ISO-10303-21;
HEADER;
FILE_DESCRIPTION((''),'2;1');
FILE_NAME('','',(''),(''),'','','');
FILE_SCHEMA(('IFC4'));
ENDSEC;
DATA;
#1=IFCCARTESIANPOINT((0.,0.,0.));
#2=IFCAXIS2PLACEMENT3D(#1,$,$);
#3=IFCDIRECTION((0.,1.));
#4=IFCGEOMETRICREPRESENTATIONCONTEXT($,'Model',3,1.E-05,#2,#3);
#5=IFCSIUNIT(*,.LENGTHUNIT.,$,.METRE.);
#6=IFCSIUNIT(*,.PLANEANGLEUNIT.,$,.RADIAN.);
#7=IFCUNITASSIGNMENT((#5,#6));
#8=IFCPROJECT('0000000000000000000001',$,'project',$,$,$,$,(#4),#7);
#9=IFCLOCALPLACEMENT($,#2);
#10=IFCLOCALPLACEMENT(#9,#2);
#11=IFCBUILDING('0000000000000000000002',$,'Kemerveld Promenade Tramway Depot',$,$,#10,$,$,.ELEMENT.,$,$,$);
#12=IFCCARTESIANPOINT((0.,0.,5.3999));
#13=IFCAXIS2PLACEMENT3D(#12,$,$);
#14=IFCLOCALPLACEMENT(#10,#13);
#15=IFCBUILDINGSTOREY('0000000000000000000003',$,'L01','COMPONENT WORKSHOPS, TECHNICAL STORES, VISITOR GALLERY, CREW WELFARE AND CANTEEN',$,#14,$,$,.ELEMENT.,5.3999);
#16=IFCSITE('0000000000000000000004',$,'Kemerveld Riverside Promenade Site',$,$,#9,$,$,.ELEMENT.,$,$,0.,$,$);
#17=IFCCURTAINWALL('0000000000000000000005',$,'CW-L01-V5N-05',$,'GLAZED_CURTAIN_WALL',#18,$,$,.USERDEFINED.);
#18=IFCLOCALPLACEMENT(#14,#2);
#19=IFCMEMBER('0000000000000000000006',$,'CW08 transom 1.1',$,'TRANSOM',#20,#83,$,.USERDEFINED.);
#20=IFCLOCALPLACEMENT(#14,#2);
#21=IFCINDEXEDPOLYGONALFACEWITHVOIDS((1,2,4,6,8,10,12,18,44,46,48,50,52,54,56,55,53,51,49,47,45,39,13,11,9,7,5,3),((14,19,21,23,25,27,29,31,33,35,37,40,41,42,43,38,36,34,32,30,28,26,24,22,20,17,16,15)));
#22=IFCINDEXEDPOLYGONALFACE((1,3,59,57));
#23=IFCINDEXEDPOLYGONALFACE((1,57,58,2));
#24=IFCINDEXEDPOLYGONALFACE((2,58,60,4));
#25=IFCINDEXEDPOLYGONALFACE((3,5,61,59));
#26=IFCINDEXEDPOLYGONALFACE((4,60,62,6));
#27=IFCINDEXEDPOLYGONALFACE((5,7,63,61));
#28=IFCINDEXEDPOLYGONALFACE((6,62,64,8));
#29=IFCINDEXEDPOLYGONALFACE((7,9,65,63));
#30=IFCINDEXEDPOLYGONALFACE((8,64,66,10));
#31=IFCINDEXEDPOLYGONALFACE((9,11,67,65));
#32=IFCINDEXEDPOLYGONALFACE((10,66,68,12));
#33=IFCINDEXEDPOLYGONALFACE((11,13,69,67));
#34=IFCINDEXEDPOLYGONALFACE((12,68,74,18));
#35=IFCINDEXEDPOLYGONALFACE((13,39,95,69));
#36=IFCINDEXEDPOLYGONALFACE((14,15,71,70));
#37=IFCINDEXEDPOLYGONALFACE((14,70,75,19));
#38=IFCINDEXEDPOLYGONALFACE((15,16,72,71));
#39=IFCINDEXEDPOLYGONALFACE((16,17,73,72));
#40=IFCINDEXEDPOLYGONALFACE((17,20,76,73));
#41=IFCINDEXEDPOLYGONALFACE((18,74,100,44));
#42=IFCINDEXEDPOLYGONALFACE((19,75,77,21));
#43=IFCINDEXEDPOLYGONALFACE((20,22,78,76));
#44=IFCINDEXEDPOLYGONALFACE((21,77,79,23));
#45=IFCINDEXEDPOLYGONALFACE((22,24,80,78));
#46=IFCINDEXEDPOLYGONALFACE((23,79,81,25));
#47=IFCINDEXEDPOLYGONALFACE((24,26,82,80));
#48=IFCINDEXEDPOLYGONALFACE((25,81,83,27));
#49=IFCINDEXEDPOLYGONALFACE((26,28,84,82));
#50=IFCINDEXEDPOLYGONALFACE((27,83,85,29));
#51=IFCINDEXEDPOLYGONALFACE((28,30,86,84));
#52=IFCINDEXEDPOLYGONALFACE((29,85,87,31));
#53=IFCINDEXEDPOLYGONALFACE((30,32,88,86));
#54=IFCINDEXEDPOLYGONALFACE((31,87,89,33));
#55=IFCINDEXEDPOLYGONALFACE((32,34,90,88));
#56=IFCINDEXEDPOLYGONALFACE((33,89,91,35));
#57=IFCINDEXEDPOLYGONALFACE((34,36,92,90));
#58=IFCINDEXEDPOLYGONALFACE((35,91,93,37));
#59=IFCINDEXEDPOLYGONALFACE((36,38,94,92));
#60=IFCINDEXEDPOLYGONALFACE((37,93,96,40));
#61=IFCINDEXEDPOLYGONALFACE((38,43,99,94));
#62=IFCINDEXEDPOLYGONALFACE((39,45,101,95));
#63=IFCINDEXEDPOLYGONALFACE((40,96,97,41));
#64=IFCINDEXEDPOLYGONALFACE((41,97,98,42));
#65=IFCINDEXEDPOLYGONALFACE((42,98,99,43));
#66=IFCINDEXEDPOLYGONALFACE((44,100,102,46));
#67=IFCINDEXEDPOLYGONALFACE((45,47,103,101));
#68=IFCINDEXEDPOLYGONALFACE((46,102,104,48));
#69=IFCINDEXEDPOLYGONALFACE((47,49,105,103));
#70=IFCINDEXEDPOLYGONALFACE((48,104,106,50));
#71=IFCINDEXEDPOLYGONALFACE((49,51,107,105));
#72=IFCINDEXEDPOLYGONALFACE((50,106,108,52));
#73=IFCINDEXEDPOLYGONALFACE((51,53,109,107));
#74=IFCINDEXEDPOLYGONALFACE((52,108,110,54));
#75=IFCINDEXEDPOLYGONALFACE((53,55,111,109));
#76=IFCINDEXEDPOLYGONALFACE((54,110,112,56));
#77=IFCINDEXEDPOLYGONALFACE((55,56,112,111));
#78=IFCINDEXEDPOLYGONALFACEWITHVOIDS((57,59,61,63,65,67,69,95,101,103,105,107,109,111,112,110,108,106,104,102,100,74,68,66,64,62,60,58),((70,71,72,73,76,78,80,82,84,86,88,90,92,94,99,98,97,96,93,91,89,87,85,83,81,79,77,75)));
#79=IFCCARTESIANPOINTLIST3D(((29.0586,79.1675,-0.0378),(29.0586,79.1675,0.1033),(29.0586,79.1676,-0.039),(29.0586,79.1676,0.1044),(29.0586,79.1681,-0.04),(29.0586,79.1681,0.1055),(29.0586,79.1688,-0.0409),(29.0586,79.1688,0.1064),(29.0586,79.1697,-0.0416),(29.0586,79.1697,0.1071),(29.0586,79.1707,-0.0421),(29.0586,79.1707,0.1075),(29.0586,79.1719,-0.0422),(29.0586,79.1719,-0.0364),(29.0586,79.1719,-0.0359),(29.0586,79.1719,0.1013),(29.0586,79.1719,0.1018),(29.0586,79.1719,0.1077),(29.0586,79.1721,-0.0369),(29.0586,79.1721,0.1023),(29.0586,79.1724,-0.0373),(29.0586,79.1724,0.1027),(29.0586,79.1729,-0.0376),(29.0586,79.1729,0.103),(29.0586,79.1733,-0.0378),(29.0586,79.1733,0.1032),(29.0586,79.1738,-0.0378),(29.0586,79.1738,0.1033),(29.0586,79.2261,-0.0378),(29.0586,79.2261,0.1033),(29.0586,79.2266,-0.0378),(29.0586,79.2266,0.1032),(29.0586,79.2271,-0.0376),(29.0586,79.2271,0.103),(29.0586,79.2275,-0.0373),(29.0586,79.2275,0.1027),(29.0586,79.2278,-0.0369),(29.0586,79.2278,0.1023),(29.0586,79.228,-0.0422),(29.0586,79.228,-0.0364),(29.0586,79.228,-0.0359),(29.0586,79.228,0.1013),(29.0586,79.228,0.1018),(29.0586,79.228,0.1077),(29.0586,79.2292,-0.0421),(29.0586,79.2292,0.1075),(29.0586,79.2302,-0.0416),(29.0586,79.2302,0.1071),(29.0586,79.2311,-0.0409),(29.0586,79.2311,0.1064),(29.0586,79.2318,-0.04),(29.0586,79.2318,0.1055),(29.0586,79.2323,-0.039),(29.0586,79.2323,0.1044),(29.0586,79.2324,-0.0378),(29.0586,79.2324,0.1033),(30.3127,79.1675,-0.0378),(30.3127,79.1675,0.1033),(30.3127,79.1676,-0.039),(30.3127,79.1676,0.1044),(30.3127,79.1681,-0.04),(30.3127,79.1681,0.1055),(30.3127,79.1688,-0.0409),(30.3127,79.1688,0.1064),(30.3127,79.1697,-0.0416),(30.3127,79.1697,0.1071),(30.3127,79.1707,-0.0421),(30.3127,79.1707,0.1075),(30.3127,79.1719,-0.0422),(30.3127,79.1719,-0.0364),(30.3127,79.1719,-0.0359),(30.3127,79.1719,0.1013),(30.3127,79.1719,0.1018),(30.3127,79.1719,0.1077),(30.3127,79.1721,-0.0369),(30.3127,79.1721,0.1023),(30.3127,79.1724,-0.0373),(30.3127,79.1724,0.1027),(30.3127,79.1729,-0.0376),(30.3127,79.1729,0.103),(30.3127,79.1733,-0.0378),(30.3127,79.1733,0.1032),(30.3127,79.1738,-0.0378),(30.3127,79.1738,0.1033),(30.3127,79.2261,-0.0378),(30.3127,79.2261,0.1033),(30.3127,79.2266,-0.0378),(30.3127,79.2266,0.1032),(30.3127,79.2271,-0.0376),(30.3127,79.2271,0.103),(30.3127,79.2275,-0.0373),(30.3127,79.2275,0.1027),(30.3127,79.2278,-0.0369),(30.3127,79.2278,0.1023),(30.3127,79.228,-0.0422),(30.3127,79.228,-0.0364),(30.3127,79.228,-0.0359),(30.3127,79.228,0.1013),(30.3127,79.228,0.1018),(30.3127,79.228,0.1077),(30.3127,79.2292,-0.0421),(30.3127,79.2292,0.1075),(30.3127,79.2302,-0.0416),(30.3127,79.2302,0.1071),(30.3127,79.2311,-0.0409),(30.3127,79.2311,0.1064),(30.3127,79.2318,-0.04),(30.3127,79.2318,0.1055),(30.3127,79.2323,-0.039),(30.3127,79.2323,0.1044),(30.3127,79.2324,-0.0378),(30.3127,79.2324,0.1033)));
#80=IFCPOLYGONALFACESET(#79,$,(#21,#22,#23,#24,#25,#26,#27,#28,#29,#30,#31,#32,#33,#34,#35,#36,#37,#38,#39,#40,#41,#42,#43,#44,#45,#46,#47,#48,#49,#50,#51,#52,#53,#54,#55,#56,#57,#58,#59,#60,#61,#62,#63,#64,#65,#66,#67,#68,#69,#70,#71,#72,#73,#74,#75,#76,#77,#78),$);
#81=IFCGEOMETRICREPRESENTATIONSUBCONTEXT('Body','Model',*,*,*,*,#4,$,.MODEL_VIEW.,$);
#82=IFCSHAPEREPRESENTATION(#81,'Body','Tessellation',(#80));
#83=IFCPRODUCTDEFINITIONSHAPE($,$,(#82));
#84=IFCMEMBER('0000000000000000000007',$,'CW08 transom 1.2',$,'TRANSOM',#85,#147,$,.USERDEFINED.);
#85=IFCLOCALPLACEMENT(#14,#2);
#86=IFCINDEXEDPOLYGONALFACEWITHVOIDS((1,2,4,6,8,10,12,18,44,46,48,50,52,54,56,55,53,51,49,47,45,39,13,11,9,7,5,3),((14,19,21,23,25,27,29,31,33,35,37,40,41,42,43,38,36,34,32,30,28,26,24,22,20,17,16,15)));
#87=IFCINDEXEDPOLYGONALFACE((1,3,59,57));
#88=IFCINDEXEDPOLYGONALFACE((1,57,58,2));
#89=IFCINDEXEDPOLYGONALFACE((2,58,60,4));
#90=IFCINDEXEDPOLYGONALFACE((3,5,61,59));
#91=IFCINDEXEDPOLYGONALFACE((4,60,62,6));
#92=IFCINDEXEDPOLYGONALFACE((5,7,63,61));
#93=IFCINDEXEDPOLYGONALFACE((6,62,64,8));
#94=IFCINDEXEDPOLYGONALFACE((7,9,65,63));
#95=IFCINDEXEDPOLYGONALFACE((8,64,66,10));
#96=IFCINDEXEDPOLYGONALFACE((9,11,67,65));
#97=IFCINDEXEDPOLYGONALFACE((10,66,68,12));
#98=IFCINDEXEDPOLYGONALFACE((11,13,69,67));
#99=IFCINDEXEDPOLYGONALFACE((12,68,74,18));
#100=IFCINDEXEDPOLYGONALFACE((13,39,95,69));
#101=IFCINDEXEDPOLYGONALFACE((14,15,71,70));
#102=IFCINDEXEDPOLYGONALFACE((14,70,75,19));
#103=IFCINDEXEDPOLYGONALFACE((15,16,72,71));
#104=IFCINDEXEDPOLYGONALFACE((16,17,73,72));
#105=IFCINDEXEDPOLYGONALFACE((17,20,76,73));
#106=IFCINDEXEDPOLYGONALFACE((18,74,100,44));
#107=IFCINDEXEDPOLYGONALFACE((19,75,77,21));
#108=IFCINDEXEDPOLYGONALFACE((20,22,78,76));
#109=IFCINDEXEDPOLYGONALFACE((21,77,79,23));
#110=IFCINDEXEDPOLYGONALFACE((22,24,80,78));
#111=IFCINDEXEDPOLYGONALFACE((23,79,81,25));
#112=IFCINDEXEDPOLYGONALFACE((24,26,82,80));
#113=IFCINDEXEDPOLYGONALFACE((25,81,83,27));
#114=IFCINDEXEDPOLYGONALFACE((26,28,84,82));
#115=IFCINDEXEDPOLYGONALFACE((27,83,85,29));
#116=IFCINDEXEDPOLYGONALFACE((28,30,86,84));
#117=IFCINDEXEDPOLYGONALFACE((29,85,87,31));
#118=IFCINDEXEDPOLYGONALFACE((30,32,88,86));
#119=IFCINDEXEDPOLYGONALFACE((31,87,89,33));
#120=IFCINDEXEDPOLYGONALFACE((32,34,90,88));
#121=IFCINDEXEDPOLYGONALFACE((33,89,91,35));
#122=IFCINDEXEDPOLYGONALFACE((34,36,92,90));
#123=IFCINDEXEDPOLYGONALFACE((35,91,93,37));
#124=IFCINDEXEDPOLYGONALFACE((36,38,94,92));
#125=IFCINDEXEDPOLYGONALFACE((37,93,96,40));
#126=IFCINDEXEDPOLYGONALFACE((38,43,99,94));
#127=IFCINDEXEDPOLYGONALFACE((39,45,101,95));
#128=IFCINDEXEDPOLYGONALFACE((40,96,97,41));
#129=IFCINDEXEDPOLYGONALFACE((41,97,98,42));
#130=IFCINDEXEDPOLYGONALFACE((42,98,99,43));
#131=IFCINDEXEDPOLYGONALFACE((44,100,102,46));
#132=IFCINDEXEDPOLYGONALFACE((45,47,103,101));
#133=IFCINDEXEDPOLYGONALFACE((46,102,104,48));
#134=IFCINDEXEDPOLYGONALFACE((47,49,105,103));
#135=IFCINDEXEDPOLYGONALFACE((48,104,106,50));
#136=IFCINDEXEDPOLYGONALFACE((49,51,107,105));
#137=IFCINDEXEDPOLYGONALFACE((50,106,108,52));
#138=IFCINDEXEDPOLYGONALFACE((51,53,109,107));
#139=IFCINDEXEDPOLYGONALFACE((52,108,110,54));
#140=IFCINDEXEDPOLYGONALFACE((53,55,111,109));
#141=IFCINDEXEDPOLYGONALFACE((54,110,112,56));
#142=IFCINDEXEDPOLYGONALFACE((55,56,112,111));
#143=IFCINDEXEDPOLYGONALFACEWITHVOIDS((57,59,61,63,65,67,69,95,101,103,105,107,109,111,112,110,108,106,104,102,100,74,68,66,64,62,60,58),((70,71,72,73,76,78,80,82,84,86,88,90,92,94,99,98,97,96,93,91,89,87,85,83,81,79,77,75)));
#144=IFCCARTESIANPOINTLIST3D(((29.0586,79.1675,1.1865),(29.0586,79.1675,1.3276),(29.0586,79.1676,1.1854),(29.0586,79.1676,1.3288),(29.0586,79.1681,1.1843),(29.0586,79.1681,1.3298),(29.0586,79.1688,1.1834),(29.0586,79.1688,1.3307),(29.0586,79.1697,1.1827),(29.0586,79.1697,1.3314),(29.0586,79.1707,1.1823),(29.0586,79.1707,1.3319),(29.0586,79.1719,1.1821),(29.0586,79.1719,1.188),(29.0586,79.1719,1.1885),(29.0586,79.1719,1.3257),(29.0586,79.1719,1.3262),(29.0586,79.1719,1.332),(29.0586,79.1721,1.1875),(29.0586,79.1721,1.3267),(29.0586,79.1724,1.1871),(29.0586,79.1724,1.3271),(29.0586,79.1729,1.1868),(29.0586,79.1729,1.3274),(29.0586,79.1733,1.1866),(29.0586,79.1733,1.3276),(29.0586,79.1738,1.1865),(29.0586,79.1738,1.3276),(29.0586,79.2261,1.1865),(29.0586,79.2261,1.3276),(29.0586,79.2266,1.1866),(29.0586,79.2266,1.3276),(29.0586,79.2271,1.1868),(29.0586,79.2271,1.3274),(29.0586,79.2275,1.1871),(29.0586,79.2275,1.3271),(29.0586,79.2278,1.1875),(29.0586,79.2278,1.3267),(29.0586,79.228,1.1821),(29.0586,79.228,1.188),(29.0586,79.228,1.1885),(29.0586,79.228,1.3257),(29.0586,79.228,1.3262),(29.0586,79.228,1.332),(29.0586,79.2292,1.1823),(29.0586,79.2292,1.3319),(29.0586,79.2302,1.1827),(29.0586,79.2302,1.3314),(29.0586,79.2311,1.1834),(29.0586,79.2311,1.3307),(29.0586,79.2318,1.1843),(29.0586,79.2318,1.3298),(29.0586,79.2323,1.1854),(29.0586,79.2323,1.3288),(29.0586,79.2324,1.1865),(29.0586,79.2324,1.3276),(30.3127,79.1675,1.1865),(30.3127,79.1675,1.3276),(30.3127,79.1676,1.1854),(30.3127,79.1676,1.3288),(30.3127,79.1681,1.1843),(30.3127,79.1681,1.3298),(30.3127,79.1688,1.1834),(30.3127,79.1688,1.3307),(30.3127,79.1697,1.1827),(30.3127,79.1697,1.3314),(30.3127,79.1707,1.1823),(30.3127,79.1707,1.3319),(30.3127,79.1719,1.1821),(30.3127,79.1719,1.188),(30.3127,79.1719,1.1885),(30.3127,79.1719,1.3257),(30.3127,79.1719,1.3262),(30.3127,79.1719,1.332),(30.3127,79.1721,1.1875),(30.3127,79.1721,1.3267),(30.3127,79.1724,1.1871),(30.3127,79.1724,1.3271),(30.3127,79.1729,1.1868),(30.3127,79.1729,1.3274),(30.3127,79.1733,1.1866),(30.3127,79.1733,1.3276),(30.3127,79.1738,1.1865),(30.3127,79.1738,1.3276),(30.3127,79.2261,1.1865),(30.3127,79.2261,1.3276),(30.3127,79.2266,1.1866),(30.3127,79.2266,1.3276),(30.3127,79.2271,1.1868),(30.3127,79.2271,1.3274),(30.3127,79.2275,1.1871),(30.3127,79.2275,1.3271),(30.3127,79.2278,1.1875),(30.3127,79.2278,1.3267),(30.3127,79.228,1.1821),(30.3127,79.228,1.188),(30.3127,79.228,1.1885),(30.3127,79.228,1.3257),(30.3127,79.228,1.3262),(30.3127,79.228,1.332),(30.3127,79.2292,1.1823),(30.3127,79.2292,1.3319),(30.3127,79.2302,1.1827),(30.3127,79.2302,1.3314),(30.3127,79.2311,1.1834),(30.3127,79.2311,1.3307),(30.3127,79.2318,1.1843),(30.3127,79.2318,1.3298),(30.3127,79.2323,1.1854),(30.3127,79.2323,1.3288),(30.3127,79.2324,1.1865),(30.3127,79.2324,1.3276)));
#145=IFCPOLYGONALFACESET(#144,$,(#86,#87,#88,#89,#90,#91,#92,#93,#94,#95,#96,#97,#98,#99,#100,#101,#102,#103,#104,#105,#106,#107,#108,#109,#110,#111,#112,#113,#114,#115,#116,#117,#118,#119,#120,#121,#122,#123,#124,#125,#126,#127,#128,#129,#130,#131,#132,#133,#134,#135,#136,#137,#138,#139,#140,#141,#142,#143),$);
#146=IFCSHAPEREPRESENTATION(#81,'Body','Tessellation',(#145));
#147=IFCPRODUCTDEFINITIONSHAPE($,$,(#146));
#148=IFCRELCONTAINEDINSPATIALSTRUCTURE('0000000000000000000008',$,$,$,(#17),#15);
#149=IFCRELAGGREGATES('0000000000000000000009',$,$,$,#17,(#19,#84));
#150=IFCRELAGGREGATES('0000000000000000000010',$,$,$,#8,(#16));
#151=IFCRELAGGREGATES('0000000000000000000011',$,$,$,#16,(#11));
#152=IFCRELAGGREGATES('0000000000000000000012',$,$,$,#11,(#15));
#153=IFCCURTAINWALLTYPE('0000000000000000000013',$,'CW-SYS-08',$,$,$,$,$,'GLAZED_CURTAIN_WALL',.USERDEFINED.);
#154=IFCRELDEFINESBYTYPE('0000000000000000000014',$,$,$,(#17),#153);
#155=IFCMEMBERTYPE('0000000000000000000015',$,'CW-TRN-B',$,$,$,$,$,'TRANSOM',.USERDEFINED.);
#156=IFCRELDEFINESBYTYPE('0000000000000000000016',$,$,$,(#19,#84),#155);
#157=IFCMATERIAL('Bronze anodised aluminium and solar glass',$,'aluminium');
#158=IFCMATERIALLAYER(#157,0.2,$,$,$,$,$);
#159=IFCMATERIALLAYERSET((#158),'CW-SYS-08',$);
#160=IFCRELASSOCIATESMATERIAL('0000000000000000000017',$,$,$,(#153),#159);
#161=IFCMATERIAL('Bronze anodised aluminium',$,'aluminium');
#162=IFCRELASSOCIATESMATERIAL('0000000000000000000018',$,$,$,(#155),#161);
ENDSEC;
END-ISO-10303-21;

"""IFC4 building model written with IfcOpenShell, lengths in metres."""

from ifc_helpers import new_model, si_unit, direction, frame, origin, origin_2d, place, context, subcontext, project, spatial, hollow_rectangle, extrude, material, layer, layer_set, material_profile, profile_set, type_object, element, aggregate, save


model = new_model("IFC4")

# Units and contexts
model_context = context("Model", 3, precision=1e-05, world=origin(), true_north=direction((0.0, 1.0)))
body_context = subcontext(model_context, "Body", "Model", "MODEL_VIEW")
ifc_project = project(units=[si_unit("LENGTHUNIT", "METRE"), si_unit("PLANEANGLEUNIT", "RADIAN")], contexts=[model_context])

# Site, building, storey
site_placement = place(None, origin())
site = spatial("IfcSite", under=ifc_project, at=site_placement, Name="Kemerveld Riverside Promenade Site", CompositionType="ELEMENT", RefElevation=0.0)
building_placement = place(site_placement, origin())
building = spatial("IfcBuilding", under=site, at=building_placement, Name="Kemerveld Promenade Tramway Depot", CompositionType="ELEMENT")
storey_placement = place(building_placement, frame((0.0, 0.0, 5.3999)))
storey = spatial("IfcBuildingStorey", under=building, at=storey_placement, Name="L01", Description="COMPONENT WORKSHOPS, TECHNICAL STORES, VISITOR GALLERY, CREW WELFARE AND CANTEEN", CompositionType="ELEMENT", Elevation=5.3999)

# Curtain wall, members
ifc_material_1 = material(Name="Bronze anodised aluminium and solar glass", Category="aluminium")
ifc_layer_1 = layer(ifc_material_1, 0.2)
ifc_layer_set_1 = layer_set([ifc_layer_1], Name="CW-SYS-08")
curtain_wall_type = type_object("IfcCurtainWallType", Name="CW-SYS-08", ElementType="GLAZED_CURTAIN_WALL", PredefinedType="USERDEFINED", material=ifc_layer_set_1)
curtain_wall_placement = place(storey_placement, origin())
curtain_wall = element("IfcCurtainWall", 1, at=curtain_wall_placement, inside=storey, type_object=curtain_wall_type, Name="CW-L01-V5N-05", ObjectType="GLAZED_CURTAIN_WALL", PredefinedType="USERDEFINED")
ifc_material_2 = material(Name="Bronze anodised aluminium", Category="aluminium")
ifc_material_profile_1 = material_profile(ifc_material_2, hollow_rectangle(XDim=0.0649, YDim=0.1499, WallThickness=0.0044, InnerFilletRadius=0.002, OuterFilletRadius=0.0044, at=origin_2d()), Name="CW-TRN-150x65")
ifc_profile_set_1 = profile_set([ifc_material_profile_1], Name="Bronze anodised aluminium")
member_type_1 = type_object("IfcMemberType", Name="CW-TRN-B", ElementType="TRANSOM", PredefinedType="USERDEFINED", material=ifc_profile_set_1)
member_1_placement = place(storey_placement, frame((29.0586, 79.2, 0.0327), z_axis=(1.0, 0.0, 0.0), x_axis=(0.0, 1.0, 0.0)))
member_1 = element("IfcMember", 2, at=member_1_placement, type_object=member_type_1, Name="CW08 transom 1.1", ObjectType="TRANSOM", PredefinedType="USERDEFINED", context=body_context, shape_type="SweptSolid", body=[
    extrude(hollow_rectangle(XDim=0.0649, YDim=0.1499, WallThickness=0.0044, InnerFilletRadius=0.002, OuterFilletRadius=0.0044, at=origin_2d()), origin(), (0.0, 0.0, 1.0), 1.2542),
])
member_2_placement = place(storey_placement, frame((29.0586, 79.2, 1.2571), z_axis=(1.0, 0.0, 0.0), x_axis=(0.0, 1.0, 0.0)))
member_2 = element("IfcMember", 3, at=member_2_placement, type_object=member_type_1, Name="CW08 transom 1.2", ObjectType="TRANSOM", PredefinedType="USERDEFINED", context=body_context, shape_type="SweptSolid", body=[
    extrude(hollow_rectangle(XDim=0.0649, YDim=0.1499, WallThickness=0.0044, InnerFilletRadius=0.002, OuterFilletRadius=0.0044, at=origin_2d()), origin(), (0.0, 0.0, 1.0), 1.2542),
])
aggregate(curtain_wall, [member_1, member_2])

save(model, "model.ifc")
